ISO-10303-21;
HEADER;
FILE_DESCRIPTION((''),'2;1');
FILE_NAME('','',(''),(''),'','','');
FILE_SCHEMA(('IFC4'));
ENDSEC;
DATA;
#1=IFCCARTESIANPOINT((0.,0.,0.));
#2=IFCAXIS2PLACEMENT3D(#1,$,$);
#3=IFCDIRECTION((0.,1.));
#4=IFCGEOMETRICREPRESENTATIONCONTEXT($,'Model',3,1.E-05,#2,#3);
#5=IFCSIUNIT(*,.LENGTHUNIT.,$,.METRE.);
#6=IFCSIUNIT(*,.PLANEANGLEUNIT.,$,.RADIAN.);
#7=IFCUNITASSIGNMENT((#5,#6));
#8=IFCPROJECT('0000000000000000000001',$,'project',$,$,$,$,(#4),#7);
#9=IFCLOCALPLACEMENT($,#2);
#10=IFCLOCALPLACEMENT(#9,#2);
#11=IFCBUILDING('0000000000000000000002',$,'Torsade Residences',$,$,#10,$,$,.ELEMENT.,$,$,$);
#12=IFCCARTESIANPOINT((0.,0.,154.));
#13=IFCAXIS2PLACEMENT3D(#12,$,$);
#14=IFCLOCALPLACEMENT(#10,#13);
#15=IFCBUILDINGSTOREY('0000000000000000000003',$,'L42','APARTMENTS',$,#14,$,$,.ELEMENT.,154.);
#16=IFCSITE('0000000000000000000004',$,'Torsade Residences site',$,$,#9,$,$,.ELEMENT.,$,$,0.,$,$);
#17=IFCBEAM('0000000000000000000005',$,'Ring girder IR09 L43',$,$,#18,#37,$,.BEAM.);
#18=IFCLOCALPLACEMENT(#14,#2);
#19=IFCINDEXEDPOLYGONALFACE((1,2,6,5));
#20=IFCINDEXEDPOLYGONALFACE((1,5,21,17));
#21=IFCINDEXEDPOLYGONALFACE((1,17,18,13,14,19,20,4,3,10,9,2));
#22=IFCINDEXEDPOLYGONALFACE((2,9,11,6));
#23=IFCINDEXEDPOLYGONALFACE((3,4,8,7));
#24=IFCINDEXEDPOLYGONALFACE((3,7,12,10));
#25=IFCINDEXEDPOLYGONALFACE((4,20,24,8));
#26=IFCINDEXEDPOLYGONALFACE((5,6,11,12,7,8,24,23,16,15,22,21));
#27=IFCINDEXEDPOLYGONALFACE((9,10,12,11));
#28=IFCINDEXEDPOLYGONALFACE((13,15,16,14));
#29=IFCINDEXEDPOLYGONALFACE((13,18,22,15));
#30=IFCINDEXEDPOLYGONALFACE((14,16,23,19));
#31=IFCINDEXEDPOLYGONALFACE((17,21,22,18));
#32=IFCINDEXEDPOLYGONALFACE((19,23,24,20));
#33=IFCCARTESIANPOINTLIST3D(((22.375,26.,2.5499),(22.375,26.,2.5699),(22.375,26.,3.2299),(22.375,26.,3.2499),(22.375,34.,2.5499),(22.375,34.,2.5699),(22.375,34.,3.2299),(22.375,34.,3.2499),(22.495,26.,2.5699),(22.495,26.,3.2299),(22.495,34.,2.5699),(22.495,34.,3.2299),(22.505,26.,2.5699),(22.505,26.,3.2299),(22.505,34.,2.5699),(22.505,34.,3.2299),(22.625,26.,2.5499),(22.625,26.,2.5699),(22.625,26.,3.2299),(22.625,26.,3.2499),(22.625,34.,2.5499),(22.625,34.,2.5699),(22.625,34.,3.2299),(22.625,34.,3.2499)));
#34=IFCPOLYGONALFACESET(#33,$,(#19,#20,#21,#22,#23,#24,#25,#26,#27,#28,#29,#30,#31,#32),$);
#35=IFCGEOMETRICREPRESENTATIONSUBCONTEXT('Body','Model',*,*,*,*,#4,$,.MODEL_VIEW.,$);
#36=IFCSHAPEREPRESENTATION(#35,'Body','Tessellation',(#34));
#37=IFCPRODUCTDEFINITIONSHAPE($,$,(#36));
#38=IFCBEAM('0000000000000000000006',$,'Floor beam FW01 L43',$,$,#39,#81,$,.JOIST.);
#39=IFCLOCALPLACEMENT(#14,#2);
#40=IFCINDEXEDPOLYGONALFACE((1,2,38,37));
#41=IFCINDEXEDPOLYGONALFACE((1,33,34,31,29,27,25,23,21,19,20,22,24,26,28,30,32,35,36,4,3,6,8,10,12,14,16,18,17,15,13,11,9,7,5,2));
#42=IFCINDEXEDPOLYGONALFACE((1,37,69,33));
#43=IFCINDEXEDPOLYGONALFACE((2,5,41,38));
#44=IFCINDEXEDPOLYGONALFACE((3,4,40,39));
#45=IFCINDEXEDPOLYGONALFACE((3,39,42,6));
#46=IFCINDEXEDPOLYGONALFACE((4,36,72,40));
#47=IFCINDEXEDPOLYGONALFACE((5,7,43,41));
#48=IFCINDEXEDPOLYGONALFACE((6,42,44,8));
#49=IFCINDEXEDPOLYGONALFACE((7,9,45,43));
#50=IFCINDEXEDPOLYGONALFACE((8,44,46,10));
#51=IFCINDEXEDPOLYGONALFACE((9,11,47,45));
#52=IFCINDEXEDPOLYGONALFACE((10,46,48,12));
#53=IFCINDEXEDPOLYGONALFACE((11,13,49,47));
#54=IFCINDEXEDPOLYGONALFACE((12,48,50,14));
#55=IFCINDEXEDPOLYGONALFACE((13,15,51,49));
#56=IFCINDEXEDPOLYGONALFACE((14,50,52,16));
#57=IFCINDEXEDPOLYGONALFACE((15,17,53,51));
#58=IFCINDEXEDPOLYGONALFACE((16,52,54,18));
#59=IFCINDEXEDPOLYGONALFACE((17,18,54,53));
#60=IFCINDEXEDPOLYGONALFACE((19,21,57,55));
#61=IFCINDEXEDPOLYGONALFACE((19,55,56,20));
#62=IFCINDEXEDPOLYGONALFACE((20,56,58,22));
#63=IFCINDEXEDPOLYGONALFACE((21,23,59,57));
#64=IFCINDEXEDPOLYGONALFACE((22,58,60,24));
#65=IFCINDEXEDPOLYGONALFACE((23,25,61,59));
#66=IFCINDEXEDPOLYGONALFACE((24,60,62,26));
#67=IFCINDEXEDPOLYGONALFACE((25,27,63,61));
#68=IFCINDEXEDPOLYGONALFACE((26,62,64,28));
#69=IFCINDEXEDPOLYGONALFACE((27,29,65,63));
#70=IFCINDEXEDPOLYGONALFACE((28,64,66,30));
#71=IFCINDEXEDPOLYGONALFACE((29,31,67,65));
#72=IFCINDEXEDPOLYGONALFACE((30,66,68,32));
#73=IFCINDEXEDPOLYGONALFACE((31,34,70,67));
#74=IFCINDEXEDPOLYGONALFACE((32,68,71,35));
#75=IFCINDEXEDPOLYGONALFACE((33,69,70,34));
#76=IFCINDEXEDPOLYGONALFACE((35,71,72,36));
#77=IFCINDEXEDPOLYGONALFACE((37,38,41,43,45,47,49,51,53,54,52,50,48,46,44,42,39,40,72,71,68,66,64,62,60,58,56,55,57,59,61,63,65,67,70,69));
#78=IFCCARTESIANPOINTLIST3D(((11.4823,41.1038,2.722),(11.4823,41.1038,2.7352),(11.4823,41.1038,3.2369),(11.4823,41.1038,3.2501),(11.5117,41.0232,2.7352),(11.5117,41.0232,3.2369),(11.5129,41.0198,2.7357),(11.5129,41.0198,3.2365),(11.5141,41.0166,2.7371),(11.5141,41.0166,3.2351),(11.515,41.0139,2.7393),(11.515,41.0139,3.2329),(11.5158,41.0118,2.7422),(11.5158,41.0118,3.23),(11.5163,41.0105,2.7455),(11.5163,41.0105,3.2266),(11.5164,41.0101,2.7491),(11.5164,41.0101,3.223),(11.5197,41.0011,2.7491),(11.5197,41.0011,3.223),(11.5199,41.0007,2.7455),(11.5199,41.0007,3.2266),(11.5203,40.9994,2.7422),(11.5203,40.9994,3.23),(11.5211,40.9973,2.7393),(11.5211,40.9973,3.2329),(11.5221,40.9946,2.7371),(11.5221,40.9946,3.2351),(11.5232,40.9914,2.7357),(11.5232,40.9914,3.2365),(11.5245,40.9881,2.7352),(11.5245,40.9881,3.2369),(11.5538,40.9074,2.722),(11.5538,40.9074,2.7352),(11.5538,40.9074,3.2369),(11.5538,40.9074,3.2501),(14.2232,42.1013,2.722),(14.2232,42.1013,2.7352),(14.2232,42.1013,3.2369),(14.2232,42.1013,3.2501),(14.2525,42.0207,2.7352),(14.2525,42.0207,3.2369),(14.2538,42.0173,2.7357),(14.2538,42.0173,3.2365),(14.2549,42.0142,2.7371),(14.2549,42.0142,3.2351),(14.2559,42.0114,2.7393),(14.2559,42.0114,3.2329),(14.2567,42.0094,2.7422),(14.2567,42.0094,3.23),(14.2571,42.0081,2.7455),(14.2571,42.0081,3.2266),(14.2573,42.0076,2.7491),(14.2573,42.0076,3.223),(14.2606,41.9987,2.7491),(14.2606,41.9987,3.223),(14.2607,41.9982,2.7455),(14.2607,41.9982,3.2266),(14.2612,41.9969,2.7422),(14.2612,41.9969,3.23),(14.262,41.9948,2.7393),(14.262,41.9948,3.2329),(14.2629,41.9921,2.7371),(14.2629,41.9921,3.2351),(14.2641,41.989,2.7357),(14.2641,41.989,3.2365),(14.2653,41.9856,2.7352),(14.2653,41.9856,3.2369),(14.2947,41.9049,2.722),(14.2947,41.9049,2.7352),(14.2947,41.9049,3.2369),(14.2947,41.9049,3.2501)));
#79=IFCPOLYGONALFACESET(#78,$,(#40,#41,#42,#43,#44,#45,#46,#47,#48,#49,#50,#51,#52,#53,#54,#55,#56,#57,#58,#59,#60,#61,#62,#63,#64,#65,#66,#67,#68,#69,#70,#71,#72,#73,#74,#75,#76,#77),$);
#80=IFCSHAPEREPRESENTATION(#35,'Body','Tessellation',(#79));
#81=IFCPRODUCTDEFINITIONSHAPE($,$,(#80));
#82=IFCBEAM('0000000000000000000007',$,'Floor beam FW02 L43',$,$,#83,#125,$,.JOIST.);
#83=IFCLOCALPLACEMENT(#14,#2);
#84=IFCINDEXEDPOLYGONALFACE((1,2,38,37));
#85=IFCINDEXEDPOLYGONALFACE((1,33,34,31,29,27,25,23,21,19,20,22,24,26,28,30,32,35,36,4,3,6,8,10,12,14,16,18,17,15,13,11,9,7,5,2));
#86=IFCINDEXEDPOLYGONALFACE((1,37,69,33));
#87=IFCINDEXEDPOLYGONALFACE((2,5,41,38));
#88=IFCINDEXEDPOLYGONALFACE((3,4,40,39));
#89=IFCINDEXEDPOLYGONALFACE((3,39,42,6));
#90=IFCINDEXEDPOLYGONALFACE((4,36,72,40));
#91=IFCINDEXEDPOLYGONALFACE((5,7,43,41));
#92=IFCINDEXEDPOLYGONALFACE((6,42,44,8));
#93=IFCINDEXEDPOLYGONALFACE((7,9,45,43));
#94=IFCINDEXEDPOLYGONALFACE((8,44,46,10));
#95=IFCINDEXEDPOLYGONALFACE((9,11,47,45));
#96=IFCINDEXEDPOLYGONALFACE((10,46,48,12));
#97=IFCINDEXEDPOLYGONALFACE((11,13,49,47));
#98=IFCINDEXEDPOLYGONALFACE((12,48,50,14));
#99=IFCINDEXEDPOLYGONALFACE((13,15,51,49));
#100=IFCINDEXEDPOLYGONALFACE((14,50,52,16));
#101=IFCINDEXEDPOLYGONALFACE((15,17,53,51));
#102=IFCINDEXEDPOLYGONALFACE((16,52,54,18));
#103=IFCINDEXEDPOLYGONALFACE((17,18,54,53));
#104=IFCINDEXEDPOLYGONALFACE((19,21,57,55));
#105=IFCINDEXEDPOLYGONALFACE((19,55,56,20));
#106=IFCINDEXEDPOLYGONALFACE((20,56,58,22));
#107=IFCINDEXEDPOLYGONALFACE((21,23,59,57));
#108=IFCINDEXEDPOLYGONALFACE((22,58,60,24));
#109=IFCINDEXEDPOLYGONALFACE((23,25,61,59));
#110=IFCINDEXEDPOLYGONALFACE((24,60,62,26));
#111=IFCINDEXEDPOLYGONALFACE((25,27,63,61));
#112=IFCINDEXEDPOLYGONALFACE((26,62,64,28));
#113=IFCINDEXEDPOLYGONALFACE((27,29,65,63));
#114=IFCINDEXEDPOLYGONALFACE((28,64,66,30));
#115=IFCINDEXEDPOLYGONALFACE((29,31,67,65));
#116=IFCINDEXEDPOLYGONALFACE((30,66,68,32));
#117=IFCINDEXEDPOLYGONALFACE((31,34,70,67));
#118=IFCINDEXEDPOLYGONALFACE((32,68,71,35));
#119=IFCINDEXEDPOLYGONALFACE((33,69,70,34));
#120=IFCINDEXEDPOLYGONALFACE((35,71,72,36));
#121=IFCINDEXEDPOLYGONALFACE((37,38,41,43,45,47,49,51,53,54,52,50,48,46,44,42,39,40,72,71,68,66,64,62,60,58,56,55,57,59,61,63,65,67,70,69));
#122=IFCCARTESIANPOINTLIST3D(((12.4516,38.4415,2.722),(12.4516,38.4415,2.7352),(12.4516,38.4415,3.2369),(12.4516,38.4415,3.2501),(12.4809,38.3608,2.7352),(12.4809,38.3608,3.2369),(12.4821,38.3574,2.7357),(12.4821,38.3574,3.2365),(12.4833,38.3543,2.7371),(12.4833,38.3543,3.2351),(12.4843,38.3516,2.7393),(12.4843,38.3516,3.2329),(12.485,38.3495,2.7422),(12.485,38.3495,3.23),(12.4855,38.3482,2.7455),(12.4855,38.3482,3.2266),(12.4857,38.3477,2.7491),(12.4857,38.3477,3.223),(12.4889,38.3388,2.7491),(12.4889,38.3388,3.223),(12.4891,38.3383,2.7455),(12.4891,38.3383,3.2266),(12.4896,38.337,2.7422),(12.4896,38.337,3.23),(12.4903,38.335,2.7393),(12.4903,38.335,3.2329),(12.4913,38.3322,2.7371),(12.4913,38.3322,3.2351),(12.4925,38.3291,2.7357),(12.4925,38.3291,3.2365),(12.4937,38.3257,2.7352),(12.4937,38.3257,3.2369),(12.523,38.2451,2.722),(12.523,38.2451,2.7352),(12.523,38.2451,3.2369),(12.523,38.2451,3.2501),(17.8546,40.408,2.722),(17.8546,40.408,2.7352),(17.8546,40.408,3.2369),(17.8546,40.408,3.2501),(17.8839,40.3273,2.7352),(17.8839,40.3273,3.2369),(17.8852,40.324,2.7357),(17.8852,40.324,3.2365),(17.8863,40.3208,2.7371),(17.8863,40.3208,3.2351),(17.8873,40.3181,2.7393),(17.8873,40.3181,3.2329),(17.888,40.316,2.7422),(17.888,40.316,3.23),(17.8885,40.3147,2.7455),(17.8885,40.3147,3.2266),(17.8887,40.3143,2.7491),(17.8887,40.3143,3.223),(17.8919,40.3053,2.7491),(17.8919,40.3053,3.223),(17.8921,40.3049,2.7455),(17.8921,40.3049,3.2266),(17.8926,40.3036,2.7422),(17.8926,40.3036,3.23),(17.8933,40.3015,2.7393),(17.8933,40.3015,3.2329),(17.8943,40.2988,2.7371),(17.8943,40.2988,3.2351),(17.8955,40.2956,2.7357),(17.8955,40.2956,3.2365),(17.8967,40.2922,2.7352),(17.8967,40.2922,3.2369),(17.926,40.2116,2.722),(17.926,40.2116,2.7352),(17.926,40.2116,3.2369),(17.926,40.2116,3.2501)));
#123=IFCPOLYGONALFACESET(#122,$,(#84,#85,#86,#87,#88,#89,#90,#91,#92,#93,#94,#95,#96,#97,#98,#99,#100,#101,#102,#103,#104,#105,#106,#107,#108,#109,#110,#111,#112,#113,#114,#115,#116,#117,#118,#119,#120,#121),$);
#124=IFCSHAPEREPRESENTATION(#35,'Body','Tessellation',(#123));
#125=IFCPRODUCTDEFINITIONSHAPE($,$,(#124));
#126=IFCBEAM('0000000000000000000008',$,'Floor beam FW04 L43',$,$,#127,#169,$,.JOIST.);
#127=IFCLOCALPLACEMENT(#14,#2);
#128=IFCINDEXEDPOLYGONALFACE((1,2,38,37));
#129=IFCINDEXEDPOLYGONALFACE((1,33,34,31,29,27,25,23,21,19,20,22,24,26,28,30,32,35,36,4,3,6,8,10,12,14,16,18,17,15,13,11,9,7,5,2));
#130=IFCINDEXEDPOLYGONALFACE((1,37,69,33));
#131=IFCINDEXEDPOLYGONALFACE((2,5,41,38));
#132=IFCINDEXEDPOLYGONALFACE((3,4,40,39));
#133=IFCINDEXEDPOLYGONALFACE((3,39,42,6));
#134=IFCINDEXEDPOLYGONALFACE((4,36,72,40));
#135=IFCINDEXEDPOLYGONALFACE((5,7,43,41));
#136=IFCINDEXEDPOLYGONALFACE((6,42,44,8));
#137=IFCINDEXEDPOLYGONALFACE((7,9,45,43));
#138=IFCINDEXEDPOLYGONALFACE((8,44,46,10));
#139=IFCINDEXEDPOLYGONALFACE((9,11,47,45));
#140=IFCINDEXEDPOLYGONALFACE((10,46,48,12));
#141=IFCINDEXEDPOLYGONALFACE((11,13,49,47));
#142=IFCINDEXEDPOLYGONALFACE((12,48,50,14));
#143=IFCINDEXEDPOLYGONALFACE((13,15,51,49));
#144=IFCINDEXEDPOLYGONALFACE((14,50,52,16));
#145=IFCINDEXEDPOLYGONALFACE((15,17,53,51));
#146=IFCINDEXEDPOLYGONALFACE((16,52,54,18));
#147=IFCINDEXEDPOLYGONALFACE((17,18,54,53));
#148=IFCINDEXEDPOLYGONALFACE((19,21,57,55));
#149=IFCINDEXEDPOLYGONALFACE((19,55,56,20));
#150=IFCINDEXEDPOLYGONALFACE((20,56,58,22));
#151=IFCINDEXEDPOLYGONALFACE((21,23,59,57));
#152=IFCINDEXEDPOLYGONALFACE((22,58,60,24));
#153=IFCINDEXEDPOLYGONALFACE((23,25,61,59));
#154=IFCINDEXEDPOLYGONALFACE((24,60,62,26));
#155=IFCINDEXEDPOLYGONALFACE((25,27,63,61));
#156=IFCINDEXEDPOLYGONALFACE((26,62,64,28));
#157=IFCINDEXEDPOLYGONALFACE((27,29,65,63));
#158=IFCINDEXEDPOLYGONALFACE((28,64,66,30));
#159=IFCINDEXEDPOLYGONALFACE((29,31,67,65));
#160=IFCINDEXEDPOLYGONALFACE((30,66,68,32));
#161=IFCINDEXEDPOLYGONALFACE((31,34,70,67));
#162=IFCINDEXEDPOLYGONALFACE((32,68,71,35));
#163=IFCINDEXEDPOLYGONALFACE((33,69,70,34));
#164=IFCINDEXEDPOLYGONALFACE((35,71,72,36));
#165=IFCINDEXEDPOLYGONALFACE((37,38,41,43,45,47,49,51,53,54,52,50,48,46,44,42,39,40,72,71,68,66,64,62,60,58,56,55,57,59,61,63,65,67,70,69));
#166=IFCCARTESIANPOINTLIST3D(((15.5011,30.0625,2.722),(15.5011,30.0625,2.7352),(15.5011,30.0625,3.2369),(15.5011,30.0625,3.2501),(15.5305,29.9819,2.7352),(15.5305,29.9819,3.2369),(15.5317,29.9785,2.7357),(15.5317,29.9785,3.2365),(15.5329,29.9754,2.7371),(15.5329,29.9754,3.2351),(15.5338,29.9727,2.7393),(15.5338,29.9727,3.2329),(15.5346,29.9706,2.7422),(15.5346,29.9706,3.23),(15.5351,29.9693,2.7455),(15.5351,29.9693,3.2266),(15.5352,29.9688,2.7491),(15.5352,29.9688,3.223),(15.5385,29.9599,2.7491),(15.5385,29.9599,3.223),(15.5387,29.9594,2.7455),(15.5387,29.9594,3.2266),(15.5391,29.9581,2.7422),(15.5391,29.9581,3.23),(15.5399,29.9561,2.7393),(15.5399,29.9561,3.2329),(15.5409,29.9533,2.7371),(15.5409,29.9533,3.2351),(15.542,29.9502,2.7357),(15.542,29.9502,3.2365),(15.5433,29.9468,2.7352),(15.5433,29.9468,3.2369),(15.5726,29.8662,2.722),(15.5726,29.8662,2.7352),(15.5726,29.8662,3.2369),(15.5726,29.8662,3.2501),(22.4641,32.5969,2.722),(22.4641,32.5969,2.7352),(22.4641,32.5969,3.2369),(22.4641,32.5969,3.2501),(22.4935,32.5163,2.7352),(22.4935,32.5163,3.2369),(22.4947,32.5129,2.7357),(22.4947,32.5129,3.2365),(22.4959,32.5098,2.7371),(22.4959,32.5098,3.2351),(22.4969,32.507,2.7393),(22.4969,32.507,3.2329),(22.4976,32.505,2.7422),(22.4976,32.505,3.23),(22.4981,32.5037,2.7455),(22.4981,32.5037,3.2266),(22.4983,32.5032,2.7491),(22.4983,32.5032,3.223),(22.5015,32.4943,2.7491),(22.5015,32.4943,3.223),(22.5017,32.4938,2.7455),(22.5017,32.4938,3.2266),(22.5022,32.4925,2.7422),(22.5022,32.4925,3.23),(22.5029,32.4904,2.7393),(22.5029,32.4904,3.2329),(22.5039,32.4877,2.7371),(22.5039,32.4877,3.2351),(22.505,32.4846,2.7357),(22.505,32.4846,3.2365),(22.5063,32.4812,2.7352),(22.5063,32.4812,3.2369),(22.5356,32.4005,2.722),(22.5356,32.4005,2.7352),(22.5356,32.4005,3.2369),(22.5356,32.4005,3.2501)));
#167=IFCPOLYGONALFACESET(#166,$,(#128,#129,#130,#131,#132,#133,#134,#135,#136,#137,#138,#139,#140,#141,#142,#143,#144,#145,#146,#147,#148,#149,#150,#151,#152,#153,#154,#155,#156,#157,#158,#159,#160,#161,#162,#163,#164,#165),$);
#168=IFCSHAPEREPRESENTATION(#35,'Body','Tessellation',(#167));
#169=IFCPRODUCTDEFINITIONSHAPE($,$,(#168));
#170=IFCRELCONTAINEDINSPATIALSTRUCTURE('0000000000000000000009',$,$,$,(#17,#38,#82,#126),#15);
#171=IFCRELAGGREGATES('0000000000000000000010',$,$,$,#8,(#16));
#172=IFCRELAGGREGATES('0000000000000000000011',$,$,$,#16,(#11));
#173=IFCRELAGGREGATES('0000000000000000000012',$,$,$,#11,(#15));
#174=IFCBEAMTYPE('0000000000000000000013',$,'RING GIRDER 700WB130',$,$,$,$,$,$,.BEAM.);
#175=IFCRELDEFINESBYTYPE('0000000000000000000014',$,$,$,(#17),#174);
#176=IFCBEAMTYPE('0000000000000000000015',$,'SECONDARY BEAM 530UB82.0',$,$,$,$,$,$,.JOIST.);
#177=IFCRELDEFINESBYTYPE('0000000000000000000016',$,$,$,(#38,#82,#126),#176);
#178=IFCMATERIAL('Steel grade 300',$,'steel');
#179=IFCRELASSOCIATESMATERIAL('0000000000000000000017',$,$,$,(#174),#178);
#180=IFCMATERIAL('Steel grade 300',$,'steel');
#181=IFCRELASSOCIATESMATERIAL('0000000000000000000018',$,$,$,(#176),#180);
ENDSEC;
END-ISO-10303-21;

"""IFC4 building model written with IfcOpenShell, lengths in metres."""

from ifc_helpers import new_model, si_unit, direction, frame, origin, origin_2d, place, context, subcontext, project, spatial, i_section, extrude, material, material_profile, profile_set, type_object, element, save


model = new_model("IFC4")

# Units and contexts
model_context = context("Model", 3, precision=1e-05, world=origin(), true_north=direction((0.0, 1.0)))
body_context = subcontext(model_context, "Body", "Model", "MODEL_VIEW")
ifc_project = project(units=[si_unit("LENGTHUNIT", "METRE"), si_unit("PLANEANGLEUNIT", "RADIAN")], contexts=[model_context])

# Site, building, storey
site_placement = place(None, origin())
site = spatial("IfcSite", under=ifc_project, at=site_placement, Name="Torsade Residences site", CompositionType="ELEMENT", RefElevation=0.0)
building_placement = place(site_placement, origin())
building = spatial("IfcBuilding", under=site, at=building_placement, Name="Torsade Residences", CompositionType="ELEMENT")
storey_placement = place(building_placement, frame((0.0, 0.0, 154.0)))
storey = spatial("IfcBuildingStorey", under=building, at=storey_placement, Name="L42", Description="APARTMENTS", CompositionType="ELEMENT", Elevation=154.0)

# Beams
ifc_material_1 = material(Name="Steel grade 300", Category="steel")
ifc_material_profile_1 = material_profile(ifc_material_1, i_section(OverallWidth=0.25, OverallDepth=0.7, WebThickness=0.01, FlangeThickness=0.02, at=origin_2d()), Name="700WB130")
ifc_profile_set_1 = profile_set([ifc_material_profile_1], Name="Steel grade 300")
beam_type_1 = type_object("IfcBeamType", Name="RING GIRDER 700WB130", PredefinedType="BEAM", material=ifc_profile_set_1)
beam_1_placement = place(storey_placement, frame((22.5, 34.0, 2.8999), z_axis=(0.0, -1.0, 0.0), x_axis=(1.0, 0.0, 0.0)))
element("IfcBeam", 1, at=beam_1_placement, inside=storey, type_object=beam_type_1, Name="Ring girder IR09 L43", PredefinedType="BEAM", context=body_context, shape_type="SweptSolid", body=[
    extrude(i_section(OverallWidth=0.25, OverallDepth=0.7, WebThickness=0.01, FlangeThickness=0.02, at=origin_2d()), origin(), (0.0, 0.0, 1.0), 8.0),
])
ifc_material_2 = material(Name="Steel grade 300", Category="steel")
ifc_material_profile_2 = material_profile(ifc_material_2, i_section(OverallWidth=0.209, OverallDepth=0.5281, WebThickness=0.0095, FlangeThickness=0.0132, FilletRadius=0.0139, at=origin_2d()), Name="530UB82.0")
ifc_profile_set_2 = profile_set([ifc_material_profile_2], Name="Steel grade 300")
beam_type_2 = type_object("IfcBeamType", Name="SECONDARY BEAM 530UB82.0", PredefinedType="JOIST", material=ifc_profile_set_2)
beam_2_placement = place(storey_placement, frame((11.5181, 41.0056, 2.9861), z_axis=(0.939701, 0.341998, 0.0), x_axis=(-0.341998, 0.939701, 0.0)))
element("IfcBeam", 2, at=beam_2_placement, inside=storey, type_object=beam_type_2, Name="Floor beam FW01 L43", PredefinedType="JOIST", context=body_context, shape_type="SweptSolid", body=[
    extrude(i_section(OverallWidth=0.209, OverallDepth=0.5281, WebThickness=0.0095, FlangeThickness=0.0132, FilletRadius=0.0139, at=origin_2d()), origin(), (0.0, 0.0, 1.0), 2.9167),
])
beam_3_placement = place(storey_placement, frame((12.4873, 38.3433, 2.9861), z_axis=(0.939693, 0.342019, 0.0), x_axis=(-0.342019, 0.939693, 0.0)))
element("IfcBeam", 3, at=beam_3_placement, inside=storey, type_object=beam_type_2, Name="Floor beam FW02 L43", PredefinedType="JOIST", context=body_context, shape_type="SweptSolid", body=[
    extrude(i_section(OverallWidth=0.209, OverallDepth=0.5281, WebThickness=0.0095, FlangeThickness=0.0132, FilletRadius=0.0139, at=origin_2d()), origin(), (0.0, 0.0, 1.0), 5.7498),
])
beam_4_placement = place(storey_placement, frame((15.5369, 29.9644, 2.9861), z_axis=(0.93969, 0.342026, 0.0), x_axis=(-0.342026, 0.93969, 0.0)))
element("IfcBeam", 4, at=beam_4_placement, inside=storey, type_object=beam_type_2, Name="Floor beam FW04 L43", PredefinedType="JOIST", context=body_context, shape_type="SweptSolid", body=[
    extrude(i_section(OverallWidth=0.209, OverallDepth=0.5281, WebThickness=0.0095, FlangeThickness=0.0132, FilletRadius=0.0139, at=origin_2d()), origin(), (0.0, 0.0, 1.0), 7.4099),
])

save(model, "model.ifc")
